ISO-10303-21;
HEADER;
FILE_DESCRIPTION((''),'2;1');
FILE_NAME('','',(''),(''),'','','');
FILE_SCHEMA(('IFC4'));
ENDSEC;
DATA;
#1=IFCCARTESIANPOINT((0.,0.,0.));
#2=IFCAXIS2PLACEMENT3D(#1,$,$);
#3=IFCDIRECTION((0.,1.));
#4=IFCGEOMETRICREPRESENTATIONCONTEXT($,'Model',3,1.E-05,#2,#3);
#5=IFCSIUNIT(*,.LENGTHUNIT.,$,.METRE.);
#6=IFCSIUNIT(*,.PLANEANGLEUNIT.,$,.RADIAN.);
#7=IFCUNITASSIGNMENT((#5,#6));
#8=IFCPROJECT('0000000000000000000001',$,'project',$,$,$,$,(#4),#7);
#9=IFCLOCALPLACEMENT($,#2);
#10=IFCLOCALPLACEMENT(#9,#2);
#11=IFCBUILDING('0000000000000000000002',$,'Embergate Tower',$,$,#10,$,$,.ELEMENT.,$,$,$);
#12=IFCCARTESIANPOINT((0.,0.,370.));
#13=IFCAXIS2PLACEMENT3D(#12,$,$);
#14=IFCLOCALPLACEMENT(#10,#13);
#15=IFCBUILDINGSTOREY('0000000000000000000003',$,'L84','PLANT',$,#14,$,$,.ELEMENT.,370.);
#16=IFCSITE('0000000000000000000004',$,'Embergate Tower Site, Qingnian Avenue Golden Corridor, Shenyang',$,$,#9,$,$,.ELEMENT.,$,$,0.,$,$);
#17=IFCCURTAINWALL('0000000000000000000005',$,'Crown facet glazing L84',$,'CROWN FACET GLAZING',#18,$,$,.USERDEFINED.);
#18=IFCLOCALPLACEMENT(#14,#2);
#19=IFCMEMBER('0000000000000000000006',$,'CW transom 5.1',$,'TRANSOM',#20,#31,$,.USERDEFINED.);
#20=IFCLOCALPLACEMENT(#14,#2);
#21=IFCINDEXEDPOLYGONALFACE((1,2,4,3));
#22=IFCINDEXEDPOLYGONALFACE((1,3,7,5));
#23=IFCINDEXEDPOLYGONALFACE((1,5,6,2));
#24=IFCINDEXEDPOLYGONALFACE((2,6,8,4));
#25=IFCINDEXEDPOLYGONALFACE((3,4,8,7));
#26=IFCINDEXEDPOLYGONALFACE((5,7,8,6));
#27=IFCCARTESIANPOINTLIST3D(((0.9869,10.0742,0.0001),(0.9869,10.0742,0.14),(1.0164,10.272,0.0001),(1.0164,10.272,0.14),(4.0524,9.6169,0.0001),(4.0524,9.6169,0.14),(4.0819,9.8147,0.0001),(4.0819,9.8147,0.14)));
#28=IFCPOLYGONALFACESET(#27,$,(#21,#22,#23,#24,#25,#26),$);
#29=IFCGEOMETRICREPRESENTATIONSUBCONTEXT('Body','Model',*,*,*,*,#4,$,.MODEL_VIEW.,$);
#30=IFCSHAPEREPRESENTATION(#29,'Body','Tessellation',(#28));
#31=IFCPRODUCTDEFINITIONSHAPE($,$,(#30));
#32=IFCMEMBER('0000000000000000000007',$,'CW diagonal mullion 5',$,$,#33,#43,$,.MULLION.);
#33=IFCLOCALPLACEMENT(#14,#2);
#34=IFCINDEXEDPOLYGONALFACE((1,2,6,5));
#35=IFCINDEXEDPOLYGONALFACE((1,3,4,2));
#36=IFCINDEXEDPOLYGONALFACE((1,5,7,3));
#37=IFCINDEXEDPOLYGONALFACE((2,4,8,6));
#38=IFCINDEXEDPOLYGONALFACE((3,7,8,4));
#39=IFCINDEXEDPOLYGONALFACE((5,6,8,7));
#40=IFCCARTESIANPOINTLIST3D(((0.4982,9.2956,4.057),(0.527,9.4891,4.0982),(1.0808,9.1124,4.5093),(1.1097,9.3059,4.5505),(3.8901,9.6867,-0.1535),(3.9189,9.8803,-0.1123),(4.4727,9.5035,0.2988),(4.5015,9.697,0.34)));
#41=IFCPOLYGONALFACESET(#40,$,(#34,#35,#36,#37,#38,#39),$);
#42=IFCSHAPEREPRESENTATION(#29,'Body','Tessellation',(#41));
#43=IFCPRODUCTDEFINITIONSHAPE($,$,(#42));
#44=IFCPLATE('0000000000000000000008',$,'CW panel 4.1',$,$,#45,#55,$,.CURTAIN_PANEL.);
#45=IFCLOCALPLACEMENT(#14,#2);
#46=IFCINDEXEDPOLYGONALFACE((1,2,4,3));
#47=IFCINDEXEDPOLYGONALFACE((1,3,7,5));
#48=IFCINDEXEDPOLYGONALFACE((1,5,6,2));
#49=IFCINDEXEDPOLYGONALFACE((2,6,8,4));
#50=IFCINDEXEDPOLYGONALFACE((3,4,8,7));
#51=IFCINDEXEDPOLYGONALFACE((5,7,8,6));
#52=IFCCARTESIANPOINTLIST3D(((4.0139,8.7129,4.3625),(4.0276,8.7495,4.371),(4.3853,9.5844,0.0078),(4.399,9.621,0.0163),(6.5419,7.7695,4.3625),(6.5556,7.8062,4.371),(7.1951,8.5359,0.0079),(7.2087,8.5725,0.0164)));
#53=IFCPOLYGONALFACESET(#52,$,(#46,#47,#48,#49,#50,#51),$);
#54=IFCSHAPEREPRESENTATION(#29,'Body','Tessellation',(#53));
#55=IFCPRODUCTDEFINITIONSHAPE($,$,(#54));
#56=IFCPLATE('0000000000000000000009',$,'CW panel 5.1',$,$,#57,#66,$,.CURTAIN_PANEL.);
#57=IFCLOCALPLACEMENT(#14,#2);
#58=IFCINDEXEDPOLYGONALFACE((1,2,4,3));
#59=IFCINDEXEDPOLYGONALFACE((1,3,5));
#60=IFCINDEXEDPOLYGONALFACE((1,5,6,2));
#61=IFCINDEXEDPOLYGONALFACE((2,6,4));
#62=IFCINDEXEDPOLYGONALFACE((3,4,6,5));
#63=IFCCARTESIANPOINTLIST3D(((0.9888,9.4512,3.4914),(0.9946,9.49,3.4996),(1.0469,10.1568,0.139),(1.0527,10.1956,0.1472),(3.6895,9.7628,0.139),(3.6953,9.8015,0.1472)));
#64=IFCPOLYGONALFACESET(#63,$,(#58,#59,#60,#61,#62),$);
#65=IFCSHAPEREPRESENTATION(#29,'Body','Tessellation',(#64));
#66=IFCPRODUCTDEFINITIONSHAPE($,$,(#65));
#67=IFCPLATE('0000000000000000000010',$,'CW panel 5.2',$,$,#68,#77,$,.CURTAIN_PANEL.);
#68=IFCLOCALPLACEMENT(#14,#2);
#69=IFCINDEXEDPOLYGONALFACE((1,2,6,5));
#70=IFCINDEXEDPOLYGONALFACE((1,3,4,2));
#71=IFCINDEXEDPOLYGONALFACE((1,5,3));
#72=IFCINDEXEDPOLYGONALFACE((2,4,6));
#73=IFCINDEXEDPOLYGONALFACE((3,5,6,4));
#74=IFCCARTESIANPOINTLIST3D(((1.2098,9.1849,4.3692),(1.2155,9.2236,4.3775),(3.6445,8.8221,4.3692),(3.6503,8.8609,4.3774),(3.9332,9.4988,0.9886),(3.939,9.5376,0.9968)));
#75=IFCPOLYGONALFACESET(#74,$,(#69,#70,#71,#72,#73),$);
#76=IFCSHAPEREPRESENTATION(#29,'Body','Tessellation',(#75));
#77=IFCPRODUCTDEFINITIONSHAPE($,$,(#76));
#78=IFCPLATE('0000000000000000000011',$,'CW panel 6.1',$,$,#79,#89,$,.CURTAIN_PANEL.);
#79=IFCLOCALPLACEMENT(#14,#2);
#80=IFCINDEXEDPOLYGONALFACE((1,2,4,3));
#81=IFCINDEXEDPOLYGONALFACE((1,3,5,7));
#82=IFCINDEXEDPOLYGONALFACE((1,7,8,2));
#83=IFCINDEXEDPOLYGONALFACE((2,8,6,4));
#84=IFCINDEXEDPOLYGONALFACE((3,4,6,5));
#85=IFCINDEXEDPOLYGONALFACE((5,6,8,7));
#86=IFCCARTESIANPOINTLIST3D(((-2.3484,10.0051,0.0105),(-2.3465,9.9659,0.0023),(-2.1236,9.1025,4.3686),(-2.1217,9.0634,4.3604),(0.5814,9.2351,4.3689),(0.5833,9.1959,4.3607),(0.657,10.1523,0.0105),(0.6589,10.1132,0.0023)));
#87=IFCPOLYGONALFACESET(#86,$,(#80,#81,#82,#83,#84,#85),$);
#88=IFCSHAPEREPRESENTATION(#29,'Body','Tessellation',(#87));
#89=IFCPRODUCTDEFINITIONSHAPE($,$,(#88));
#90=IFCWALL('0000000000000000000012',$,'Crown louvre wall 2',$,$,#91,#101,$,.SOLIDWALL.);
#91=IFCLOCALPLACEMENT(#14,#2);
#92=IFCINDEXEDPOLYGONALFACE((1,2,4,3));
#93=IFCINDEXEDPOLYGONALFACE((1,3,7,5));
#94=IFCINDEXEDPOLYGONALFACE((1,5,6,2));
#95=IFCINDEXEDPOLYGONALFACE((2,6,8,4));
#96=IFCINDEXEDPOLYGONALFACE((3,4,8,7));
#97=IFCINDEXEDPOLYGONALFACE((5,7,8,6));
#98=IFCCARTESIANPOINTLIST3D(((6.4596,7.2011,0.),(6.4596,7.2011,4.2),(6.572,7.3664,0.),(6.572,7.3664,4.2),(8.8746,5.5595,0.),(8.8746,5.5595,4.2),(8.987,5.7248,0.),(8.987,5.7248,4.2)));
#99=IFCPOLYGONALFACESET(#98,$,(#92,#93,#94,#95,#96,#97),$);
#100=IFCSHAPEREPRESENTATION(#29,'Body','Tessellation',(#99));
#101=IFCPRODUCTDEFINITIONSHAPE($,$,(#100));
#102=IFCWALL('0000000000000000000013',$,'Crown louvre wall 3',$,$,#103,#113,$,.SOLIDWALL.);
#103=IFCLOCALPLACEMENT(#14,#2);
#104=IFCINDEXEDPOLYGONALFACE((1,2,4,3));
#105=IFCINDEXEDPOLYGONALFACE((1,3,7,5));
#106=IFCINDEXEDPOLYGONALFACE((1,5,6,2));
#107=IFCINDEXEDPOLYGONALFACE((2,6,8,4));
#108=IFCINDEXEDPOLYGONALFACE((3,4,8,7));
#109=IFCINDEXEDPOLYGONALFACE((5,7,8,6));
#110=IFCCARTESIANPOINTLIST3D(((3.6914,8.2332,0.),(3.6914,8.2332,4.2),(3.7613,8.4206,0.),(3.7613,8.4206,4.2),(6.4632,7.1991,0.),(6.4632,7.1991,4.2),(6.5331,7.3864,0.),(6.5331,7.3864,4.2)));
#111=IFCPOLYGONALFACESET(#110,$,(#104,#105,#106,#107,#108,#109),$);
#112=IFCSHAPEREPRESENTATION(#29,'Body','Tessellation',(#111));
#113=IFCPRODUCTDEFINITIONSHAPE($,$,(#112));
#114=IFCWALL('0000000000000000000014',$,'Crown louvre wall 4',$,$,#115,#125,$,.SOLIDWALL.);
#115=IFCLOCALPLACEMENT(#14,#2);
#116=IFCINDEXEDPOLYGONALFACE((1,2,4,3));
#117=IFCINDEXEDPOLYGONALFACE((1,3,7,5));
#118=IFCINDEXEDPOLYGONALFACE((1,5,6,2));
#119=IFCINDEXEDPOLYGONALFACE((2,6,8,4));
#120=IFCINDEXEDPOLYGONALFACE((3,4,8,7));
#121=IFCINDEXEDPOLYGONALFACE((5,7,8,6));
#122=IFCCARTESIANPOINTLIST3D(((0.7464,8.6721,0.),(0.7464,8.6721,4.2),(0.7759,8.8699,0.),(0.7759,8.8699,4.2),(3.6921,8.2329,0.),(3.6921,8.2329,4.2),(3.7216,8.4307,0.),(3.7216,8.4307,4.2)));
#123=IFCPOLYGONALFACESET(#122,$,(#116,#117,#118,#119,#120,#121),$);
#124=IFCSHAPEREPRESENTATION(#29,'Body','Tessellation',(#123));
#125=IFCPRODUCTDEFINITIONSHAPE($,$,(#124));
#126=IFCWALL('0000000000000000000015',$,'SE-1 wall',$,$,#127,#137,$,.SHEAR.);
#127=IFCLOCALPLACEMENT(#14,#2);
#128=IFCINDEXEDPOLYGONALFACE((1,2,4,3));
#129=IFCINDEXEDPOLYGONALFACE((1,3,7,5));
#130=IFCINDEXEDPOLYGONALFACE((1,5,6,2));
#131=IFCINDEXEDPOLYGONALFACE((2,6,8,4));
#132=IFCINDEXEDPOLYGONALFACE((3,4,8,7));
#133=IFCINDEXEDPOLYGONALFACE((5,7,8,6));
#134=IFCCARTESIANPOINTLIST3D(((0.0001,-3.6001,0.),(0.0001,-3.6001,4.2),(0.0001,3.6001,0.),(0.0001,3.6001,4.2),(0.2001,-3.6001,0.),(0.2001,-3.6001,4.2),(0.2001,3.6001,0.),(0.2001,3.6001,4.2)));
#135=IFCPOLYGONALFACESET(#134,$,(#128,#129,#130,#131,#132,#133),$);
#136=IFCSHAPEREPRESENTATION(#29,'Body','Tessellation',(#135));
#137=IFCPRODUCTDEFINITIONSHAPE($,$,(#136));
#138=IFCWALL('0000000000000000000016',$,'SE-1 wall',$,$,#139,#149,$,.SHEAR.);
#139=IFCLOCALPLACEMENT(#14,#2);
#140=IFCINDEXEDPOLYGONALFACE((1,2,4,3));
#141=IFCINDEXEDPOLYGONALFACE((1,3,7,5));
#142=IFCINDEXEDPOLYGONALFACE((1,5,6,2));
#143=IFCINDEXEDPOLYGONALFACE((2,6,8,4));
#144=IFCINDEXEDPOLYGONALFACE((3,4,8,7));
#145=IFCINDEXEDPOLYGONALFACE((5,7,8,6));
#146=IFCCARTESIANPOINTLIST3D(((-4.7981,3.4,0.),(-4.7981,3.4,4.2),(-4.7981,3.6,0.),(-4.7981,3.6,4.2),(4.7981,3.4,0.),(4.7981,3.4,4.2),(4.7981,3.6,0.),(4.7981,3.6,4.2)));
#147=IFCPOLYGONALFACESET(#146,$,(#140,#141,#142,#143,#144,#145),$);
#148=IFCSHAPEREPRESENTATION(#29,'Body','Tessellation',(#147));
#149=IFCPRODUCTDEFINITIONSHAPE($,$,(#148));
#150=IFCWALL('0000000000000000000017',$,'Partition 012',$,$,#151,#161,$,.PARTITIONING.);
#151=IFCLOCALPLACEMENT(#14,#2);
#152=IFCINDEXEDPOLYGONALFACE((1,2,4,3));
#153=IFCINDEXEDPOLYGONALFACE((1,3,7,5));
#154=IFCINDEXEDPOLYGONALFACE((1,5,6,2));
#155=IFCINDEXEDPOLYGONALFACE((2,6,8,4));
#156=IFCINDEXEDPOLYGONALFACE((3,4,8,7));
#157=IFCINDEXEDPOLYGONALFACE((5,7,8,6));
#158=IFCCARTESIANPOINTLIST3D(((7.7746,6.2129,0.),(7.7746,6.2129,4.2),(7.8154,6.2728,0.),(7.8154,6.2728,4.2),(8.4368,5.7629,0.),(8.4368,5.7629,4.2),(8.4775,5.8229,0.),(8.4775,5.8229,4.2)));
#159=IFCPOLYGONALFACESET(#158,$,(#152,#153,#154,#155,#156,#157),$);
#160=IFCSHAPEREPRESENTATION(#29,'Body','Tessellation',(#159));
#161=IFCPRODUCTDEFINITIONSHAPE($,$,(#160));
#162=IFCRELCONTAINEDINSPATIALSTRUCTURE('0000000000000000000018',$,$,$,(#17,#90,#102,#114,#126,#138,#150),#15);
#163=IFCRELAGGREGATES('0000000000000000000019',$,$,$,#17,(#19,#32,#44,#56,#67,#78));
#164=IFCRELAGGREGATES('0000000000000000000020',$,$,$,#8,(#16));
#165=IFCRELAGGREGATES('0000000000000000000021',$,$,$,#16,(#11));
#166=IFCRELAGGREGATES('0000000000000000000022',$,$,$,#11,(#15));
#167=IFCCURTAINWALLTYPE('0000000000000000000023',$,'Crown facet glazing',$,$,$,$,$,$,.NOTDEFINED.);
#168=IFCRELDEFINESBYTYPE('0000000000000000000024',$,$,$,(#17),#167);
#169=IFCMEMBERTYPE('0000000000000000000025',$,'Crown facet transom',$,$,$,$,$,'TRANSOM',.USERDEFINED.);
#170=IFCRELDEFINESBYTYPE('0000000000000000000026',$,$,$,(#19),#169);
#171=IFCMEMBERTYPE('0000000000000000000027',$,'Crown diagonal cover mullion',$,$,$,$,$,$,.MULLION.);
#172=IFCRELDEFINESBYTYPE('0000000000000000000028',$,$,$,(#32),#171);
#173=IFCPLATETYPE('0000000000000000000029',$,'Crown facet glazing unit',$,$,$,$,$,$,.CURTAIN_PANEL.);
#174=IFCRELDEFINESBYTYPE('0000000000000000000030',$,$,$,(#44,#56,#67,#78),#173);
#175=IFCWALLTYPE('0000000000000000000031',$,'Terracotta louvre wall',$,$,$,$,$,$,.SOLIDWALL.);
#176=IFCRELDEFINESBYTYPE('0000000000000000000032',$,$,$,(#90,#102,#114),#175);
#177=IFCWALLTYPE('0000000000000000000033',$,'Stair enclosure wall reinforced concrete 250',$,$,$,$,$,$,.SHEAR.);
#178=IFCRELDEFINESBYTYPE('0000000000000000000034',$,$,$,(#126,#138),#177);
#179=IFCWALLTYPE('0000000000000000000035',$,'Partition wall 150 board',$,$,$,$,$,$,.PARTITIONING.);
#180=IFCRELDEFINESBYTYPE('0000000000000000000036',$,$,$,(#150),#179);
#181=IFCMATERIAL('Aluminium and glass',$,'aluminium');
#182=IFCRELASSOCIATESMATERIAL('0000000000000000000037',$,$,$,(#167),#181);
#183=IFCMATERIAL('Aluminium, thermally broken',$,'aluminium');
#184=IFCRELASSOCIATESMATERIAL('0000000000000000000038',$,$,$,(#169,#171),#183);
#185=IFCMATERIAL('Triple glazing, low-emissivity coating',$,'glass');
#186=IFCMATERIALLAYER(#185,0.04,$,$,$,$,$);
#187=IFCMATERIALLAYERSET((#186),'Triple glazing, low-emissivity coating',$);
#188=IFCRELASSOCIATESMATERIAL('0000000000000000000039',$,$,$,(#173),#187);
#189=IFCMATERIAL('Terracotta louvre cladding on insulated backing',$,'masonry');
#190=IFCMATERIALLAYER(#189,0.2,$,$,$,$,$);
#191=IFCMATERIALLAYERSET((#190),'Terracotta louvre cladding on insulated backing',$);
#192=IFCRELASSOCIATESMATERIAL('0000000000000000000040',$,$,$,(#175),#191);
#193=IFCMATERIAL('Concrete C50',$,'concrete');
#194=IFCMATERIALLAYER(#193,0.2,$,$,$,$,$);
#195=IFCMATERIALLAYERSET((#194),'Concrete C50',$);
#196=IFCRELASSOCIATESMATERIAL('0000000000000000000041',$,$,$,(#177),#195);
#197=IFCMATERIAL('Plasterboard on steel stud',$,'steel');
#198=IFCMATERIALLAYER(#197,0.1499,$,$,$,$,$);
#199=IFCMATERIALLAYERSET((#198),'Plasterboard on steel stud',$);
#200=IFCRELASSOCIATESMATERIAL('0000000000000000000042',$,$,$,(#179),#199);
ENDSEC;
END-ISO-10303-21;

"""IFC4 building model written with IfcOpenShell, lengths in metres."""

from ifc_helpers import new_model, si_unit, direction, frame, frame_2d, origin, origin_2d, place, context, subcontext, project, spatial, polyline, rectangle, outline, extrude, source, transform, mapped, material, layer, layer_set, material_profile, profile_set, type_object, element, aggregate, save


model = new_model("IFC4")

# Units and contexts
model_context = context("Model", 3, precision=1e-05, world=origin(), true_north=direction((0.0, 1.0)))
body_context = subcontext(model_context, "Body", "Model", "MODEL_VIEW")
ifc_project = project(units=[si_unit("LENGTHUNIT", "METRE"), si_unit("PLANEANGLEUNIT", "RADIAN")], contexts=[model_context])

# Site, building, storey
site_placement = place(None, origin())
site = spatial("IfcSite", under=ifc_project, at=site_placement, Name="Embergate Tower Site, Qingnian Avenue Golden Corridor, Shenyang", CompositionType="ELEMENT", RefElevation=0.0)
building_placement = place(site_placement, origin())
building = spatial("IfcBuilding", under=site, at=building_placement, Name="Embergate Tower", CompositionType="ELEMENT")
storey_placement = place(building_placement, frame((0.0, 0.0, 370.0)))
storey = spatial("IfcBuildingStorey", under=building, at=storey_placement, Name="L84", Description="PLANT", CompositionType="ELEMENT", Elevation=370.0)

# Curtain wall, members, plates
ifc_material_1 = material(Name="Aluminium and glass", Category="aluminium")
curtain_wall_type = type_object("IfcCurtainWallType", Name="Crown facet glazing", PredefinedType="NOTDEFINED", material=ifc_material_1)
curtain_wall_placement = place(storey_placement, origin())
curtain_wall = element("IfcCurtainWall", 1, at=curtain_wall_placement, inside=storey, type_object=curtain_wall_type, Name="Crown facet glazing L84", ObjectType="CROWN FACET GLAZING", PredefinedType="USERDEFINED")
ifc_material_2 = material(Name="Aluminium, thermally broken", Category="aluminium")
ifc_material_profile_1 = material_profile(ifc_material_2, rectangle(XDim=0.2, YDim=0.1399, at=origin_2d()), Name="AL 140x200")
ifc_profile_set_1 = profile_set([ifc_material_profile_1], Name="Aluminium, thermally broken")
member_type_1 = type_object("IfcMemberType", Name="Crown facet transom", ElementType="TRANSOM", PredefinedType="USERDEFINED", material=ifc_profile_set_1)
shared_shape_1 = source(origin(), body_context, "Body", "SweptSolid", [
    extrude(rectangle(XDim=0.2, YDim=0.1399, at=origin_2d()), origin(), (0.0, 0.0, 1.0), 3.0994),
])
member_1_placement = place(storey_placement, frame((4.0671, 9.7158, 0.0701), z_axis=(-0.989056, 0.147539, 0.0), x_axis=(-0.147539, -0.989056, 0.0)))
member_1 = element("IfcMember", 2, at=member_1_placement, type_object=member_type_1, Name="CW transom 5.1", ObjectType="TRANSOM", PredefinedType="USERDEFINED", context=body_context, shape_type="MappedRepresentation", body=[
    mapped(shared_shape_1, transform((0.0, 0.0, 0.0))),
])
ifc_material_profile_2 = material_profile(ifc_material_2, rectangle(XDim=0.2, YDim=0.76, at=origin_2d()), Name="AL 760x200")
ifc_profile_set_2 = profile_set([ifc_material_profile_2], Name="Aluminium, thermally broken")
member_type_2 = type_object("IfcMemberType", Name="Crown diagonal cover mullion", PredefinedType="MULLION", material=ifc_profile_set_2)
shared_shape_2 = source(origin(), body_context, "Body", "SweptSolid", [
    extrude(rectangle(XDim=0.2, YDim=0.76, at=origin_2d()), origin(), (0.0, 0.0, 1.0), 5.4209),
])
member_2_placement = place(storey_placement, frame((4.1958, 9.6919, 0.0933), z_axis=(-0.625705, -0.07215, 0.776716), x_axis=(0.144294, 0.967825, 0.206142)))
member_2 = element("IfcMember", 3, at=member_2_placement, type_object=member_type_2, Name="CW diagonal mullion 5", PredefinedType="MULLION", context=body_context, shape_type="MappedRepresentation", body=[
    mapped(shared_shape_2, transform((0.0, 0.0, 0.0))),
])
ifc_material_3 = material(Name="Triple glazing, low-emissivity coating", Category="glass")
ifc_layer_1 = layer(ifc_material_3, 0.04)
ifc_layer_set_1 = layer_set([ifc_layer_1], Name="Triple glazing, low-emissivity coating")
plate_type = type_object("IfcPlateType", Name="Crown facet glazing unit", PredefinedType="CURTAIN_PANEL", material=ifc_layer_set_1)
shared_shape_3 = source(origin(), body_context, "Body", "SweptSolid", [
    extrude(outline(polyline([(0.0, 0.0), (2.999, 0.0), (3.0422, 4.4563), (0.344, 4.4563), (0.0, 0.0)])), origin(), (0.0, 0.0, -1.0), 0.04),
])
plate_1_placement = place(storey_placement, frame((7.2087, 8.5725, 0.0164), z_axis=(0.341646, 0.915522, 0.212361), x_axis=(-0.936891, 0.349621, -0.000003)))
plate_1 = element("IfcPlate", 4, at=plate_1_placement, type_object=plate_type, Name="CW panel 4.1", PredefinedType="CURTAIN_PANEL", context=body_context, shape_type="MappedRepresentation", body=[
    mapped(shared_shape_3, transform((0.0, 0.0, 0.0))),
])
shared_shape_4 = source(origin(), body_context, "Body", "SweptSolid", [
    extrude(outline(polyline([(0.0, 0.0), (2.6719, 0.0), (2.6252, 3.426), (0.0, 0.0)])), origin(), (0.0, 0.0, -1.0), 0.04),
])
plate_2_placement = place(storey_placement, frame((3.6953, 9.8015, 0.1472), z_axis=(0.144313, 0.96781, 0.206199), x_axis=(-0.989065, 0.147482, 0.0)))
plate_2 = element("IfcPlate", 5, at=plate_2_placement, type_object=plate_type, Name="CW panel 5.1", PredefinedType="CURTAIN_PANEL", context=body_context, shape_type="MappedRepresentation", body=[
    mapped(shared_shape_4, transform((0.0, 0.0, 0.0))),
])
shared_shape_5 = source(origin(), body_context, "Body", "SweptSolid", [
    extrude(outline(polyline([(0.0, 0.0), (4.3525, 0.0), (2.8552, 1.9539), (0.0, 0.0)])), origin(), (0.0, 0.0, -1.0), 0.04),
])
plate_3_placement = place(storey_placement, frame((3.939, 9.5376, 0.9968), z_axis=(0.144212, 0.967854, 0.206063), x_axis=(-0.625711, -0.072135, 0.776712)))
plate_3 = element("IfcPlate", 6, at=plate_3_placement, type_object=plate_type, Name="CW panel 5.2", PredefinedType="CURTAIN_PANEL", context=body_context, shape_type="MappedRepresentation", body=[
    mapped(shared_shape_5, transform((0.0, 0.0, 0.0))),
])
shared_shape_6 = source(origin(), body_context, "Body", "SweptSolid", [
    extrude(outline(polyline([(0.0, 0.0), (3.009, 0.0), (2.8286, 4.4526), (0.1204, 4.4529), (0.0, 0.0)])), origin(), (0.0, 0.0, -1.0), 0.04),
])
plate_4_placement = place(storey_placement, frame((0.657, 10.1523, 0.0105), z_axis=(-0.047909, 0.977605, 0.204922), x_axis=(-0.998801, -0.048947, -0.000004)))
plate_4 = element("IfcPlate", 7, at=plate_4_placement, type_object=plate_type, Name="CW panel 6.1", PredefinedType="CURTAIN_PANEL", context=body_context, shape_type="MappedRepresentation", body=[
    mapped(shared_shape_6, transform((0.0, 0.0, 0.0))),
])
aggregate(curtain_wall, [member_1, member_2, plate_1, plate_2, plate_3, plate_4])

# Walls
ifc_material_4 = material(Name="Terracotta louvre cladding on insulated backing", Category="masonry")
ifc_layer_2 = layer(ifc_material_4, 0.2)
ifc_layer_set_2 = layer_set([ifc_layer_2], Name="Terracotta louvre cladding on insulated backing")
wall_type_1 = type_object("IfcWallType", Name="Terracotta louvre wall", PredefinedType="SOLIDWALL", material=ifc_layer_set_2)
shared_shape_7 = source(origin(), body_context, "Body", "SweptSolid", [
    extrude(rectangle(XDim=2.9202, YDim=0.2, at=frame_2d((1.46, 0.0))), origin(), (0.0, 0.0, 1.0), 4.2),
])
wall_1_placement = place(storey_placement, frame((6.5159, 7.2837, 0.0), z_axis=(0.0, 0.0, 1.0), x_axis=(0.827026, -0.562164, 0.0)))
element("IfcWall", 8, at=wall_1_placement, inside=storey, type_object=wall_type_1, Name="Crown louvre wall 2", PredefinedType="SOLIDWALL", context=body_context, shape_type="MappedRepresentation", body=[
    mapped(shared_shape_7, transform((0.0, 0.0, 0.0))),
])
shared_shape_8 = source(origin(), body_context, "Body", "SweptSolid", [
    extrude(rectangle(XDim=2.9585, YDim=0.2, at=frame_2d((1.4792, 0.0))), origin(), (0.0, 0.0, 1.0), 4.2),
])
wall_2_placement = place(storey_placement, frame((3.7263, 8.3269, 0.0), z_axis=(0.0, 0.0, 1.0), x_axis=(0.936918, -0.349549, 0.0)))
element("IfcWall", 9, at=wall_2_placement, inside=storey, type_object=wall_type_1, Name="Crown louvre wall 3", PredefinedType="SOLIDWALL", context=body_context, shape_type="MappedRepresentation", body=[
    mapped(shared_shape_8, transform((0.0, 0.0, 0.0))),
])
shared_shape_9 = source(origin(), body_context, "Body", "SweptSolid", [
    extrude(rectangle(XDim=2.9783, YDim=0.2, at=frame_2d((1.4893, 0.0))), origin(), (0.0, 0.0, 1.0), 4.2),
])
wall_3_placement = place(storey_placement, frame((0.761, 8.771, 0.0), z_axis=(0.0, 0.0, 1.0), x_axis=(0.989067, -0.147467, 0.0)))
element("IfcWall", 10, at=wall_3_placement, inside=storey, type_object=wall_type_1, Name="Crown louvre wall 4", PredefinedType="SOLIDWALL", context=body_context, shape_type="MappedRepresentation", body=[
    mapped(shared_shape_9, transform((0.0, 0.0, 0.0))),
])
ifc_material_5 = material(Name="Concrete C50", Category="concrete")
ifc_layer_3 = layer(ifc_material_5, 0.2)
ifc_layer_set_3 = layer_set([ifc_layer_3], Name="Concrete C50")
wall_type_2 = type_object("IfcWallType", Name="Stair enclosure wall reinforced concrete 250", PredefinedType="SHEAR", material=ifc_layer_set_3)
shared_shape_10 = source(origin(), body_context, "Body", "SweptSolid", [
    extrude(rectangle(XDim=7.2002, YDim=0.2, at=frame_2d((3.6001, 0.0))), origin(), (0.0, 0.0, 1.0), 4.2),
])
wall_4_placement = place(storey_placement, frame((0.1001, 3.6001, 0.0), z_axis=(0.0, 0.0, 1.0), x_axis=(0.0, -1.0, 0.0)))
element("IfcWall", 11, at=wall_4_placement, inside=storey, type_object=wall_type_2, Name="SE-1 wall", PredefinedType="SHEAR", context=body_context, shape_type="MappedRepresentation", body=[
    mapped(shared_shape_10, transform((0.0, 0.0, 0.0))),
])
shared_shape_11 = source(origin(), body_context, "Body", "SweptSolid", [
    extrude(rectangle(XDim=9.5962, YDim=0.2, at=frame_2d((4.7981, 0.0))), origin(), (0.0, 0.0, 1.0), 4.2),
])
wall_5_placement = place(storey_placement, frame((4.7981, 3.5, 0.0), z_axis=(0.0, 0.0, 1.0), x_axis=(-1.0, 0.0, 0.0)))
element("IfcWall", 12, at=wall_5_placement, inside=storey, type_object=wall_type_2, Name="SE-1 wall", PredefinedType="SHEAR", context=body_context, shape_type="MappedRepresentation", body=[
    mapped(shared_shape_11, transform((0.0, 0.0, 0.0))),
])
ifc_material_6 = material(Name="Plasterboard on steel stud", Category="steel")
ifc_layer_4 = layer(ifc_material_6, 0.1499)
ifc_layer_set_4 = layer_set([ifc_layer_4], Name="Plasterboard on steel stud")
wall_type_3 = type_object("IfcWallType", Name="Partition wall 150 board", PredefinedType="PARTITIONING", material=ifc_layer_set_4)
shared_shape_12 = source(origin(), body_context, "Body", "SweptSolid", [
    extrude(rectangle(XDim=0.8005, YDim=0.0725, at=frame_2d((0.4004, 0.0))), origin(), (0.0, 0.0, 1.0), 4.2),
])
wall_6_placement = place(storey_placement, frame((7.7949, 6.2429, 0.0), z_axis=(0.0, 0.0, 1.0), x_axis=(0.827091, -0.562068, 0.0)))
element("IfcWall", 13, at=wall_6_placement, inside=storey, type_object=wall_type_3, Name="Partition 012", PredefinedType="PARTITIONING", context=body_context, shape_type="MappedRepresentation", body=[
    mapped(shared_shape_12, transform((0.0, 0.0, 0.0))),
])

save(model, "model.ifc")
